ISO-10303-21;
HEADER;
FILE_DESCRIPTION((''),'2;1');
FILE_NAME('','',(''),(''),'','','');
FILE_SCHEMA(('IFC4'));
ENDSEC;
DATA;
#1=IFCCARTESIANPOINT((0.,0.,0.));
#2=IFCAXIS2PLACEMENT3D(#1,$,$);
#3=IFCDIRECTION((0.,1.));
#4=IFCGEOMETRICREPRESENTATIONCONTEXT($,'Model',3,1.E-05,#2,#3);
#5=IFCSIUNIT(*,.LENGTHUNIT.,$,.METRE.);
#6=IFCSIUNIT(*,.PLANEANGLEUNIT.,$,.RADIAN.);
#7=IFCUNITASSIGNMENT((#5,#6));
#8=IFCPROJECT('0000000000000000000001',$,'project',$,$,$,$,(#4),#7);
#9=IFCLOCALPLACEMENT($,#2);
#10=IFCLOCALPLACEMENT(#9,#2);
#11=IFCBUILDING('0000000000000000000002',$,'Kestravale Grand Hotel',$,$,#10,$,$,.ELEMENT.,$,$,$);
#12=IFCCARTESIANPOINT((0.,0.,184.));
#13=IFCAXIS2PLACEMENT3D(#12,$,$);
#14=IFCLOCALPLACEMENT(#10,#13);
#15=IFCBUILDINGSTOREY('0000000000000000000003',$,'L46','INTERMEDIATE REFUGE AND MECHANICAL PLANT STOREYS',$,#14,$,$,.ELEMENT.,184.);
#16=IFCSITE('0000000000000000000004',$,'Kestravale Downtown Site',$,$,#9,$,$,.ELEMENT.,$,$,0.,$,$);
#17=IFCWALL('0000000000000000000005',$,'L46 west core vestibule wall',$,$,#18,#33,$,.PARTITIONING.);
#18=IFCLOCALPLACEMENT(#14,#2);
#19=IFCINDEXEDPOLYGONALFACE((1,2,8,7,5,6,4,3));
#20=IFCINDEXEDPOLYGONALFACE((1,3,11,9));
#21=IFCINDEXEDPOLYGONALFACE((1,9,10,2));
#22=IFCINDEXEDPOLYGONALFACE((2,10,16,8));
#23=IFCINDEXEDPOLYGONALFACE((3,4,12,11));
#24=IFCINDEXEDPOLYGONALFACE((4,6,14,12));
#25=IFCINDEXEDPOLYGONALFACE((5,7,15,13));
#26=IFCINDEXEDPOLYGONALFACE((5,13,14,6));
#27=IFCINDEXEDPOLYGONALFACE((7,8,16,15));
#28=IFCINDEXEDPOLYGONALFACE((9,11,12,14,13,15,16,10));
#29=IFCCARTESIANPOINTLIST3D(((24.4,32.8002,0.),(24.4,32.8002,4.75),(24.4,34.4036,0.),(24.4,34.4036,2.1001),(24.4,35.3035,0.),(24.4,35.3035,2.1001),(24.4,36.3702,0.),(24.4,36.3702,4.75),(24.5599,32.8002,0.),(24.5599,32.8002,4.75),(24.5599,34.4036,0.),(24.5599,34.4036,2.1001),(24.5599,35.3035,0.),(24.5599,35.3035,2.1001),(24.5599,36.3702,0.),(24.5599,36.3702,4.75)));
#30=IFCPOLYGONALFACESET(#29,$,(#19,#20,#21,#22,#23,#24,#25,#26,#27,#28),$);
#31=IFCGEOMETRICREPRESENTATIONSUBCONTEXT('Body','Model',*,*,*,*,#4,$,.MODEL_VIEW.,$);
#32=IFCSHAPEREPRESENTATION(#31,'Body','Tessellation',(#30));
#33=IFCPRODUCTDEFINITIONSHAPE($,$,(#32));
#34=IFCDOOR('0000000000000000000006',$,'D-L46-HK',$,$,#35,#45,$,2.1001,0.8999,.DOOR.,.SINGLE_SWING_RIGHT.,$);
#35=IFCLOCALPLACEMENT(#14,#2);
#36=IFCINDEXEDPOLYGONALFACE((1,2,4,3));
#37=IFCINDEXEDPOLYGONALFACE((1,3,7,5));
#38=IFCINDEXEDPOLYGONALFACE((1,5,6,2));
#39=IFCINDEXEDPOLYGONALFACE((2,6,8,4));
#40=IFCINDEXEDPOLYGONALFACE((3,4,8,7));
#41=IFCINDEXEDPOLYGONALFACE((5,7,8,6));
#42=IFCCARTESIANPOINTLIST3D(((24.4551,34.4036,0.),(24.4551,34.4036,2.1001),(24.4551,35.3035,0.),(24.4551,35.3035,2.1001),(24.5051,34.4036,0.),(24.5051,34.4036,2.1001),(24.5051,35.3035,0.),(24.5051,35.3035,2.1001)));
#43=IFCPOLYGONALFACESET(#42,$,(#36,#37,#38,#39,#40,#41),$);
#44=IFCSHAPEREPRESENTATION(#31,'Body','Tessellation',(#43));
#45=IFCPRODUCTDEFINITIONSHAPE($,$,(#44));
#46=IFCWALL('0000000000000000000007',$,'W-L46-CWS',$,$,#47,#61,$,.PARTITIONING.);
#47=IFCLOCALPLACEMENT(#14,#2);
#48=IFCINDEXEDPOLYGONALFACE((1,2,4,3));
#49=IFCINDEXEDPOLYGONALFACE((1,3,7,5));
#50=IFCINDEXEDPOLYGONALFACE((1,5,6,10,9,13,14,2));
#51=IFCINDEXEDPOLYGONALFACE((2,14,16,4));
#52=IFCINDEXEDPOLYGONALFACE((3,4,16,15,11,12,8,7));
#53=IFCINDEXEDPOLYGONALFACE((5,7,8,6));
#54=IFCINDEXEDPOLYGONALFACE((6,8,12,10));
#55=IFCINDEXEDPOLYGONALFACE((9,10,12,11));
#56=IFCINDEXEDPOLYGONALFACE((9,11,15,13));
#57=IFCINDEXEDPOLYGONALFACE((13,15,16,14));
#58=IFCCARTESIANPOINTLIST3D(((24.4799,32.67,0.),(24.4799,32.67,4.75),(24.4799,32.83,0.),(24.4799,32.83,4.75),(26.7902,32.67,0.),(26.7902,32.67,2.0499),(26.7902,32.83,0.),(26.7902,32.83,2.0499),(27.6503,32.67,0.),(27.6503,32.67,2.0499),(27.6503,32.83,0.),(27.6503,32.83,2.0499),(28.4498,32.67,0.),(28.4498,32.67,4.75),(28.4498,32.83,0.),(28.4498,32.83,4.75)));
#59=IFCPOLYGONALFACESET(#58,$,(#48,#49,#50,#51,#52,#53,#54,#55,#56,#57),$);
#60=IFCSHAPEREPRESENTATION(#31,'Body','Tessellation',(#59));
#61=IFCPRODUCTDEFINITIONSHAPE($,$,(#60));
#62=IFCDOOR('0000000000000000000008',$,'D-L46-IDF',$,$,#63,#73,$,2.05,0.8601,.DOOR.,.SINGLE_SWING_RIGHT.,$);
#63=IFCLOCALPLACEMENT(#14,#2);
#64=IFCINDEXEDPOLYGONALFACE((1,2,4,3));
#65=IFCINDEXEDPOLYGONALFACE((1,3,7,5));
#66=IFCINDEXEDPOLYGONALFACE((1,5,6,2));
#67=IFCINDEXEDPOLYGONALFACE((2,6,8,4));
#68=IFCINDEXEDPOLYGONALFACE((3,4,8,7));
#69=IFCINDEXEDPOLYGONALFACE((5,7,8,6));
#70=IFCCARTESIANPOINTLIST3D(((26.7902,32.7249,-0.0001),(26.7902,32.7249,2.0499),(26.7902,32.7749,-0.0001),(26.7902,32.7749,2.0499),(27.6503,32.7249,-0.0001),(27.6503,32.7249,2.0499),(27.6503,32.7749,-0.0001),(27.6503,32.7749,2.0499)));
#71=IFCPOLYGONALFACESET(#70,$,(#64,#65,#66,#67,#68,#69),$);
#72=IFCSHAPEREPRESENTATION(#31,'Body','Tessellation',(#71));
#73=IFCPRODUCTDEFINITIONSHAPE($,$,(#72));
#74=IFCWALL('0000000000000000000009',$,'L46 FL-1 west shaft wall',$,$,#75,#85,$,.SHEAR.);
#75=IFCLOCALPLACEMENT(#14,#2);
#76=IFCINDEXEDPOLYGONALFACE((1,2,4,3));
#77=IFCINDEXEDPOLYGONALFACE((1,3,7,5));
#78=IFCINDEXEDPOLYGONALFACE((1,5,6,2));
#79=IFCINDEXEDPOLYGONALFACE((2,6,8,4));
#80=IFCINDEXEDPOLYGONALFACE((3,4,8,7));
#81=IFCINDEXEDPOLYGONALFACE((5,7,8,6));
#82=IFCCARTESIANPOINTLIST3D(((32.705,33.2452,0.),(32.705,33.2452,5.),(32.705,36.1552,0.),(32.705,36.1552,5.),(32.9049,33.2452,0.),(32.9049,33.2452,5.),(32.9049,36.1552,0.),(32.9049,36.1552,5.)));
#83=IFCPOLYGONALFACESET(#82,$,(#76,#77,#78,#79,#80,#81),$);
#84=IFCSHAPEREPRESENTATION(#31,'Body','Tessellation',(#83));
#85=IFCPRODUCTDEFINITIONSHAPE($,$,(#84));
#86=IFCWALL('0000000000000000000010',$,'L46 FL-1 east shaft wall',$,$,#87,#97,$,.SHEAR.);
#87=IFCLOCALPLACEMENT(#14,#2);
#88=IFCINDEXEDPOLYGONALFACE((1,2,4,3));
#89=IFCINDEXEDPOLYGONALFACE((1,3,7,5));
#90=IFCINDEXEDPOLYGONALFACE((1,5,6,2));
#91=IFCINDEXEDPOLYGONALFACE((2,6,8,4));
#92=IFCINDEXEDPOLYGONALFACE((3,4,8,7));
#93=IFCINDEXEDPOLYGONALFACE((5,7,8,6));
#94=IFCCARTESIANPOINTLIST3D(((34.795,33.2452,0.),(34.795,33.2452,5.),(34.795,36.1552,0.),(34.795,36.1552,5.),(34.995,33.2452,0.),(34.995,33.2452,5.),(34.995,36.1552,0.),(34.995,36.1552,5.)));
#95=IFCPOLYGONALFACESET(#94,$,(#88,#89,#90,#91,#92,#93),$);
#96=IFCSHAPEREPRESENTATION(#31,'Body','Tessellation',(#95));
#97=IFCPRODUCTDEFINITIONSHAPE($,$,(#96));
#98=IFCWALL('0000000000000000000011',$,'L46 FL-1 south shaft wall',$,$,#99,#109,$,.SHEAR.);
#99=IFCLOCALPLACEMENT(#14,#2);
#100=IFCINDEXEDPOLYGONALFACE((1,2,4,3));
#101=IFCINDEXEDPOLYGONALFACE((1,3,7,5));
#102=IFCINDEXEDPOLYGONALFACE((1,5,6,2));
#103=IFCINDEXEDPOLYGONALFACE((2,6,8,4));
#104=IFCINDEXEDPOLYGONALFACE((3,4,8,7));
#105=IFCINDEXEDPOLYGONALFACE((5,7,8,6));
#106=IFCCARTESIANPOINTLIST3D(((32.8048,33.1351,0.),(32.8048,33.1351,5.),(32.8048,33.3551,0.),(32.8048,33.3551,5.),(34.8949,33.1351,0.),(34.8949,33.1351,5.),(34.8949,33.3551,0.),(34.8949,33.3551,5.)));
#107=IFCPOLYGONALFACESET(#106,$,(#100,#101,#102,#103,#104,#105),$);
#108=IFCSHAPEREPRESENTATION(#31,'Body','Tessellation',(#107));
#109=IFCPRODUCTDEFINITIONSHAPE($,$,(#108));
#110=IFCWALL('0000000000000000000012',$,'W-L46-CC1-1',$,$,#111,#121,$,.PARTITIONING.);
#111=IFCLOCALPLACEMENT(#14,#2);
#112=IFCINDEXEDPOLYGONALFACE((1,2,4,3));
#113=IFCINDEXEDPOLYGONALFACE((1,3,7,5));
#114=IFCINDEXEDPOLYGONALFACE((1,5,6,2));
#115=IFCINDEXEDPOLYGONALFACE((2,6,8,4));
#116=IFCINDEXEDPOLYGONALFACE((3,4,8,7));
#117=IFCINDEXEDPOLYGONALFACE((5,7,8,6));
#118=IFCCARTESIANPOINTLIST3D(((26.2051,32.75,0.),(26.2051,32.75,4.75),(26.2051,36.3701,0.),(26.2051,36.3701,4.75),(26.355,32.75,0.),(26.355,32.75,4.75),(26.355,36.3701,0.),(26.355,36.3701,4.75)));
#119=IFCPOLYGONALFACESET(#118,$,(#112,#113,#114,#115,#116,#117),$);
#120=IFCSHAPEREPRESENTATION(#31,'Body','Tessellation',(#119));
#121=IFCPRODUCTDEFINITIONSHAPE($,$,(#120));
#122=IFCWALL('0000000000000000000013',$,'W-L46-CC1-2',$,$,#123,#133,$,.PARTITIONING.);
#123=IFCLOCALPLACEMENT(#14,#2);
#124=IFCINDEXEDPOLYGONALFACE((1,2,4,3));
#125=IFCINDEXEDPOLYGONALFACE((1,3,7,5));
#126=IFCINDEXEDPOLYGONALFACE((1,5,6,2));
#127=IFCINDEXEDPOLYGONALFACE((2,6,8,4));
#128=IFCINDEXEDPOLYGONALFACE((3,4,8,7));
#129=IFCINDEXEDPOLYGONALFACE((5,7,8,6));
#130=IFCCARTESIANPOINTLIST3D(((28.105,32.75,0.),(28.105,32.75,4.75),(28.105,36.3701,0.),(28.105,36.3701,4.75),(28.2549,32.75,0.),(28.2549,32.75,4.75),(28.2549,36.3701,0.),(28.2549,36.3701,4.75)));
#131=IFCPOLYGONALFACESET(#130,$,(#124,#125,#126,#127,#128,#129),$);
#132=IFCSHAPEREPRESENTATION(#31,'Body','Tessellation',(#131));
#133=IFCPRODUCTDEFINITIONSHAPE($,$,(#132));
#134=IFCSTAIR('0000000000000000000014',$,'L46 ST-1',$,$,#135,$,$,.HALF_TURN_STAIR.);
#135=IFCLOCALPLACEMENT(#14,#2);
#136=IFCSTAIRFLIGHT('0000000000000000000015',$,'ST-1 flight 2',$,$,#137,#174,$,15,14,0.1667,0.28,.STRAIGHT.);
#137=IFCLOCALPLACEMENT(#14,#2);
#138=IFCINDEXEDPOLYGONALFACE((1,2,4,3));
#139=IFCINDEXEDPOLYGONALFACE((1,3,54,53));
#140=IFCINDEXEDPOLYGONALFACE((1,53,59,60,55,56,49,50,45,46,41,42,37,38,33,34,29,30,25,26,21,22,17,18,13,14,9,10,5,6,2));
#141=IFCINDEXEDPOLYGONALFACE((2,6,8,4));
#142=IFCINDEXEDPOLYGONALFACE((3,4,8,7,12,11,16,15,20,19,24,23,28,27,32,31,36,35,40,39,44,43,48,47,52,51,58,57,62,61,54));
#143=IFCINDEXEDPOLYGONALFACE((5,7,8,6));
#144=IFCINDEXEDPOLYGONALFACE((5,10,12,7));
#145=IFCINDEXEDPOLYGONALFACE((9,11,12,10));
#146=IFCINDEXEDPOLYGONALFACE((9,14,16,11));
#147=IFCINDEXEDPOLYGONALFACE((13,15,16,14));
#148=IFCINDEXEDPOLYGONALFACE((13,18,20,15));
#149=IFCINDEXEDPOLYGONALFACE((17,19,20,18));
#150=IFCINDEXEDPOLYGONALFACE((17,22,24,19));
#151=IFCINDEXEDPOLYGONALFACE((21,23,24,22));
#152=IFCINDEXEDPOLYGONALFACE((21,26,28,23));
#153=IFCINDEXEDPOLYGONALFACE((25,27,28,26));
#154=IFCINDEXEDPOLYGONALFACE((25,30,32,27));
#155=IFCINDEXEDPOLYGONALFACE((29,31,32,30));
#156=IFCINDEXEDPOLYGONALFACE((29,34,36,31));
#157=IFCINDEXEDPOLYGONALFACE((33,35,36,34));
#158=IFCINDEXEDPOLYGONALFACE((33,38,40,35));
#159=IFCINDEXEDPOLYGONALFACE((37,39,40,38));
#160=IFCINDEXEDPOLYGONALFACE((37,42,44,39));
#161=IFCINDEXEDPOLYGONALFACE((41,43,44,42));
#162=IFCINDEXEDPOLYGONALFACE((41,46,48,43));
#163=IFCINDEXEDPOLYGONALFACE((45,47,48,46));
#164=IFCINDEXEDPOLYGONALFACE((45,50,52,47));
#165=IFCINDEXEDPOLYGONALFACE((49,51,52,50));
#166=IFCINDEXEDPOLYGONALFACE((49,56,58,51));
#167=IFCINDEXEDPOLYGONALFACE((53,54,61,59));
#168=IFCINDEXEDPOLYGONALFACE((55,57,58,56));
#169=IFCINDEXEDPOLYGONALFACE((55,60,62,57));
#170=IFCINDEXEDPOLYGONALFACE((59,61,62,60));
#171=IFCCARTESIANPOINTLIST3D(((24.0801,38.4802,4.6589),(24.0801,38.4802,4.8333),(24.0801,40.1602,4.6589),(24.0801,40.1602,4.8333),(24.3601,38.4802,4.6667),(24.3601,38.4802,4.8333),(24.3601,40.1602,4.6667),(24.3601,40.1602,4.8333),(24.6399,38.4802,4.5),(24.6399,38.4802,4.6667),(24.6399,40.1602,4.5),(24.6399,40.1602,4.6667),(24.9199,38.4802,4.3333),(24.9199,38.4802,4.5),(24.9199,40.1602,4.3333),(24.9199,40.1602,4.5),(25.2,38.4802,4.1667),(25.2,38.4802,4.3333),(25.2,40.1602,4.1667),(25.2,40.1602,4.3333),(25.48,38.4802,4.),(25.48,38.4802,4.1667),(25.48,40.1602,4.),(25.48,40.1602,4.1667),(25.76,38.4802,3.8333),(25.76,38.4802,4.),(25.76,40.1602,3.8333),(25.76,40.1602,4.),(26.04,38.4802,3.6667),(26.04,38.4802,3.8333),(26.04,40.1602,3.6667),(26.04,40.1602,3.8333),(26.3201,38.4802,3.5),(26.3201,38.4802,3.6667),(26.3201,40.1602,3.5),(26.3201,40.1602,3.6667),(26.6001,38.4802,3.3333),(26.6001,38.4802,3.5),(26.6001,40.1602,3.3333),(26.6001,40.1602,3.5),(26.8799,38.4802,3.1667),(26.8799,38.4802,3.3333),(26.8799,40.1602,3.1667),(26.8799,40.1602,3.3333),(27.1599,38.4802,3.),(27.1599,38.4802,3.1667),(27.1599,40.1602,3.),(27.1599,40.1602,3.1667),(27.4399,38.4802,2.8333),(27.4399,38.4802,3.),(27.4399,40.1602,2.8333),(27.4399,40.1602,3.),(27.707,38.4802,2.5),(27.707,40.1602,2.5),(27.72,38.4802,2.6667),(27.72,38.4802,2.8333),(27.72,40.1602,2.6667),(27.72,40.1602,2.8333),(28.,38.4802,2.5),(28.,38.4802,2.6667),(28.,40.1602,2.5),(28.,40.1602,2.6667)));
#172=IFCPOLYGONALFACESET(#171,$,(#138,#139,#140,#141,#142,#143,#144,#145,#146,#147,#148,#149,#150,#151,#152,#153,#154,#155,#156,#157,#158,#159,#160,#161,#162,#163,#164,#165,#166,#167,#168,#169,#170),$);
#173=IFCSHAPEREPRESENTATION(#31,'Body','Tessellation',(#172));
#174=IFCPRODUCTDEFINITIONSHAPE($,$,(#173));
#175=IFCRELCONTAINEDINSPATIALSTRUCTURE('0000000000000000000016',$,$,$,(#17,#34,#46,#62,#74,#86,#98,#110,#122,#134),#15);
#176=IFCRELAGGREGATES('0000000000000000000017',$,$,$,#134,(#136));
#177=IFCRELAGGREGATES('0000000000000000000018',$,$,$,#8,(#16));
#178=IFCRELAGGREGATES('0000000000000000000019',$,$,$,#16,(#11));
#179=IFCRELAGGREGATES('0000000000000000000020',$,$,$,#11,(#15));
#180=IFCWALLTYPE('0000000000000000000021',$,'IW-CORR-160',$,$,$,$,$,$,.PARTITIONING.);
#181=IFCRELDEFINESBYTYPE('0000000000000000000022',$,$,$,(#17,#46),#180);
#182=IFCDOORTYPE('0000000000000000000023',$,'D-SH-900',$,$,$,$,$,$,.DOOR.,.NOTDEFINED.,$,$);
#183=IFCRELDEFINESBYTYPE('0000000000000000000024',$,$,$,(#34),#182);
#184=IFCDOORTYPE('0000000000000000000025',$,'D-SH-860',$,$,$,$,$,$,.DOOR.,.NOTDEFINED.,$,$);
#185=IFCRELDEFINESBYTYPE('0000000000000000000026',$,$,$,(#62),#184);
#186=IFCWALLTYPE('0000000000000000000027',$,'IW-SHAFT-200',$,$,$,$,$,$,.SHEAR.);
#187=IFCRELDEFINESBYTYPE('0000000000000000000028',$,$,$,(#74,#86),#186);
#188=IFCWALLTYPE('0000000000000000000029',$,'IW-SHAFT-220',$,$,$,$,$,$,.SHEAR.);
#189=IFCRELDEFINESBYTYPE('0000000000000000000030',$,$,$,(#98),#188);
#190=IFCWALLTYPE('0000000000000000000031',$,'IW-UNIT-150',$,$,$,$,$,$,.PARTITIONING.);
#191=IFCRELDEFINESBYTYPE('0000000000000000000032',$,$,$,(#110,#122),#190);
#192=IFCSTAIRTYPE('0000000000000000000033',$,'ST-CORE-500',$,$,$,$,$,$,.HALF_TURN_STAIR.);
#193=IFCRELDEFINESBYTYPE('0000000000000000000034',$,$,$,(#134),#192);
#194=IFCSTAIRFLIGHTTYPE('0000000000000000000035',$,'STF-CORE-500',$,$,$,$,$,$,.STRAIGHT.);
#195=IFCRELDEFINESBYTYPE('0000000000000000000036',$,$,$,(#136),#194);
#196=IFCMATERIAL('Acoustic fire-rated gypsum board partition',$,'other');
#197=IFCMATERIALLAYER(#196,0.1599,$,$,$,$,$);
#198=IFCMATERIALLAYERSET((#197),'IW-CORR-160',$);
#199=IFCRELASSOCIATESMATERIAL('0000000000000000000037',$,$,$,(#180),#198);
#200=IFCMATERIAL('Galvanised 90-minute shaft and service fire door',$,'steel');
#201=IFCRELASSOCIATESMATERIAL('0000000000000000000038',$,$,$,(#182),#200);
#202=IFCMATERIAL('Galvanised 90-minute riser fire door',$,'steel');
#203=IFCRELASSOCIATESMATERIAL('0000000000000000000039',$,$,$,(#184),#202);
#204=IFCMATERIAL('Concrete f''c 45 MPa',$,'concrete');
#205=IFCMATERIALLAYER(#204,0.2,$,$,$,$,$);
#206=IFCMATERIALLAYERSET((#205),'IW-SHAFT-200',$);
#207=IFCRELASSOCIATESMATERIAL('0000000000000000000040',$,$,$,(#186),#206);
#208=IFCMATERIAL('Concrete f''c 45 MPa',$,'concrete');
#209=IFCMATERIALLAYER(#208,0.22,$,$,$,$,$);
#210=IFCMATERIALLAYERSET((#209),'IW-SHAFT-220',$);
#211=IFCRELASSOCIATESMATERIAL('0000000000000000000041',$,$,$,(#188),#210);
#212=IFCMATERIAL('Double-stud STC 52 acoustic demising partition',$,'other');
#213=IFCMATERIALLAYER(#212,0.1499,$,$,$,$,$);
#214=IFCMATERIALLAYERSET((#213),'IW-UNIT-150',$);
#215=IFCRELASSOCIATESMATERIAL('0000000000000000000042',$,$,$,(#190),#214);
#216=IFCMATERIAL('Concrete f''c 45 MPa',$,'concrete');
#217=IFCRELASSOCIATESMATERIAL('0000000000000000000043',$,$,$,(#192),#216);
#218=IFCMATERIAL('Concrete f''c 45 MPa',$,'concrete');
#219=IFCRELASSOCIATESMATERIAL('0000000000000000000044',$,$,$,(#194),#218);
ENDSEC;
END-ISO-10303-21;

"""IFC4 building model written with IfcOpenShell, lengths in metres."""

from ifc_helpers import new_model, si_unit, direction, frame, frame_2d, origin, place, context, subcontext, project, spatial, polyline, rectangle, outline, extrude, material, layer, layer_set, type_object, element, fill, aggregate, save


model = new_model("IFC4")

# Units and contexts
model_context = context("Model", 3, precision=1e-05, world=origin(), true_north=direction((0.0, 1.0)))
body_context = subcontext(model_context, "Body", "Model", "MODEL_VIEW")
ifc_project = project(units=[si_unit("LENGTHUNIT", "METRE"), si_unit("PLANEANGLEUNIT", "RADIAN")], contexts=[model_context])

# Site, building, storey
site_placement = place(None, origin())
site = spatial("IfcSite", under=ifc_project, at=site_placement, Name="Kestravale Downtown Site", CompositionType="ELEMENT", RefElevation=0.0)
building_placement = place(site_placement, origin())
building = spatial("IfcBuilding", under=site, at=building_placement, Name="Kestravale Grand Hotel", CompositionType="ELEMENT")
storey_placement = place(building_placement, frame((0.0, 0.0, 184.0)))
storey = spatial("IfcBuildingStorey", under=building, at=storey_placement, Name="L46", Description="INTERMEDIATE REFUGE AND MECHANICAL PLANT STOREYS", CompositionType="ELEMENT", Elevation=184.0)

# Walls, openings, doors
ifc_material_1 = material(Name="Acoustic fire-rated gypsum board partition", Category="other")
ifc_layer_1 = layer(ifc_material_1, 0.1599)
ifc_layer_set_1 = layer_set([ifc_layer_1], Name="IW-CORR-160")
wall_type_1 = type_object("IfcWallType", Name="IW-CORR-160", PredefinedType="PARTITIONING", material=ifc_layer_set_1)
wall_1_placement = place(storey_placement, frame((24.48, 32.8, 0.0), z_axis=(0.0, 0.0, 1.0), x_axis=(0.0, 1.0, 0.0)))
wall_1 = element("IfcWall", 1, at=wall_1_placement, inside=storey, type_object=wall_type_1, Name="L46 west core vestibule wall", PredefinedType="PARTITIONING", context=body_context, shape_type="SweptSolid", body=[
    extrude(rectangle(XDim=3.5701, YDim=0.1599, at=frame_2d((1.7852, 0.0))), origin(), (0.0, 0.0, 1.0), 4.75),
])
opening_1_placement = place(wall_1_placement, frame((1.6035, 0.0, 0.0)))
opening_1 = element("IfcOpeningElement", 2, at=opening_1_placement, cuts=wall_1, PredefinedType="OPENING", context=body_context, shape_type="SweptSolid", body=[
    extrude(rectangle(XDim=0.8999, YDim=2.1001, at=frame_2d((0.45, 1.05))), frame((0.0, 0.0898, 0.0), z_axis=(0.0, -1.0, 0.0), x_axis=(1.0, 0.0, 0.0)), (0.0, 0.0, 1.0), 0.1799),
])
ifc_material_2 = material(Name="Galvanised 90-minute shaft and service fire door", Category="steel")
door_type_1 = type_object("IfcDoorType", Name="D-SH-900", OperationType="NOTDEFINED", PredefinedType="DOOR", material=ifc_material_2)
door_1_placement = place(opening_1_placement, origin())
door_1 = element("IfcDoor", 3, at=door_1_placement, inside=storey, type_object=door_type_1, Name="D-L46-HK", OperationType="SINGLE_SWING_RIGHT", OverallHeight=2.1001, OverallWidth=0.8999, PredefinedType="DOOR", context=body_context, shape_type="SweptSolid", body=[
    extrude(rectangle(XDim=0.8999, YDim=2.1001, at=frame_2d((0.45, 1.05))), frame((0.0, 0.0249, 0.0), z_axis=(0.0, -1.0, 0.0), x_axis=(1.0, 0.0, 0.0)), (0.0, 0.0, 1.0), 0.05),
])
fill(opening_1, door_1)
wall_2_placement = place(storey_placement, frame((24.48, 32.75, 0.0), z_axis=(0.0, 0.0, 1.0), x_axis=(1.0, 0.0, 0.0)))
wall_2 = element("IfcWall", 4, at=wall_2_placement, inside=storey, type_object=wall_type_1, Name="W-L46-CWS", PredefinedType="PARTITIONING", context=body_context, shape_type="SweptSolid", body=[
    extrude(rectangle(XDim=3.97, YDim=0.1599, at=frame_2d((1.9849, 0.0))), origin(), (0.0, 0.0, 1.0), 4.75),
])
opening_2_placement = place(wall_2_placement, frame((2.3101, 0.0, 0.0)))
opening_2 = element("IfcOpeningElement", 5, at=opening_2_placement, cuts=wall_2, PredefinedType="OPENING", context=body_context, shape_type="SweptSolid", body=[
    extrude(rectangle(XDim=0.8601, YDim=2.05, at=frame_2d((0.4302, 1.0249))), frame((0.0, 0.0898, 0.0), z_axis=(0.0, -1.0, 0.0), x_axis=(1.0, 0.0, 0.0)), (0.0, 0.0, 1.0), 0.1799),
])
ifc_material_3 = material(Name="Galvanised 90-minute riser fire door", Category="steel")
door_type_2 = type_object("IfcDoorType", Name="D-SH-860", OperationType="NOTDEFINED", PredefinedType="DOOR", material=ifc_material_3)
door_2_placement = place(opening_2_placement, origin())
door_2 = element("IfcDoor", 6, at=door_2_placement, inside=storey, type_object=door_type_2, Name="D-L46-IDF", OperationType="SINGLE_SWING_RIGHT", OverallHeight=2.05, OverallWidth=0.8601, PredefinedType="DOOR", context=body_context, shape_type="SweptSolid", body=[
    extrude(rectangle(XDim=0.8601, YDim=2.05, at=frame_2d((0.4302, 1.0249))), frame((0.0, 0.0249, 0.0), z_axis=(0.0, -1.0, 0.0), x_axis=(1.0, 0.0, 0.0)), (0.0, 0.0, 1.0), 0.05),
])
fill(opening_2, door_2)

# Walls
ifc_material_4 = material(Name="Concrete f'c 45 MPa", Category="concrete")
ifc_layer_2 = layer(ifc_material_4, 0.2)
ifc_layer_set_2 = layer_set([ifc_layer_2], Name="IW-SHAFT-200")
wall_type_2 = type_object("IfcWallType", Name="IW-SHAFT-200", PredefinedType="SHEAR", material=ifc_layer_set_2)
for number, where, z_axis, x_axis, name in (
    (7, (32.8049, 33.2451, 0.0), (0.0, 0.0, 1.0), (0.0, 1.0, 0.0), "L46 FL-1 west shaft wall"),
    (8, (34.895, 33.2451, 0.0), (0.0, 0.0, 1.0), (0.0, 1.0, 0.0), "L46 FL-1 east shaft wall"),
):
    element("IfcWall", number, at=place(storey_placement, frame(where, z_axis=z_axis, x_axis=x_axis)), inside=storey, type_object=wall_type_2, Name=name, PredefinedType="SHEAR", context=body_context, shape_type="SweptSolid", body=[
        extrude(rectangle(XDim=2.9099, YDim=0.2, at=frame_2d((1.4551, 0.0))), origin(), (0.0, 0.0, 1.0), 5.0),
    ])

# Shared definitions
ifc_material_5 = material(Name="Concrete f'c 45 MPa", Category="concrete")
ifc_layer_3 = layer(ifc_material_5, 0.22)
ifc_layer_set_3 = layer_set([ifc_layer_3], Name="IW-SHAFT-220")
wall_type_3 = type_object("IfcWallType", Name="IW-SHAFT-220", PredefinedType="SHEAR", material=ifc_layer_set_3)

# Walls
wall_3_placement = place(storey_placement, frame((32.8049, 33.2451, 0.0), z_axis=(0.0, 0.0, 1.0), x_axis=(1.0, 0.0, 0.0)))
element("IfcWall", 9, at=wall_3_placement, inside=storey, type_object=wall_type_3, Name="L46 FL-1 south shaft wall", PredefinedType="SHEAR", context=body_context, shape_type="SweptSolid", body=[
    extrude(rectangle(XDim=2.0901, YDim=0.22, at=frame_2d((1.0449, 0.0))), origin(), (0.0, 0.0, 1.0), 5.0),
])
ifc_material_6 = material(Name="Double-stud STC 52 acoustic demising partition", Category="other")
ifc_layer_4 = layer(ifc_material_6, 0.1499)
ifc_layer_set_4 = layer_set([ifc_layer_4], Name="IW-UNIT-150")
wall_type_4 = type_object("IfcWallType", Name="IW-UNIT-150", PredefinedType="PARTITIONING", material=ifc_layer_set_4)
for number, where, z_axis, x_axis, name in (
    (10, (26.28, 32.75, 0.0), (0.0, 0.0, 1.0), (0.0, 1.0, 0.0), "W-L46-CC1-1"),
    (11, (28.1799, 32.75, 0.0), (0.0, 0.0, 1.0), (0.0, 1.0, 0.0), "W-L46-CC1-2"),
):
    element("IfcWall", number, at=place(storey_placement, frame(where, z_axis=z_axis, x_axis=x_axis)), inside=storey, type_object=wall_type_4, Name=name, PredefinedType="PARTITIONING", context=body_context, shape_type="SweptSolid", body=[
        extrude(rectangle(XDim=3.6201, YDim=0.1499, at=frame_2d((1.8101, 0.0))), origin(), (0.0, 0.0, 1.0), 4.75),
    ])

# Stair, stair flight
ifc_material_7 = material(Name="Concrete f'c 45 MPa", Category="concrete")
stair_type = type_object("IfcStairType", Name="ST-CORE-500", PredefinedType="HALF_TURN_STAIR", material=ifc_material_7)
stair_placement = place(storey_placement, origin())
stair = element("IfcStair", 12, at=stair_placement, inside=storey, type_object=stair_type, Name="L46 ST-1", PredefinedType="HALF_TURN_STAIR")
ifc_material_8 = material(Name="Concrete f'c 45 MPa", Category="concrete")
stair_flight_type = type_object("IfcStairFlightType", Name="STF-CORE-500", PredefinedType="STRAIGHT", material=ifc_material_8)
stair_flight_placement = place(storey_placement, frame((28.0, 39.3201, 2.5), z_axis=(0.0, 0.0, 1.0), x_axis=(-1.0, 0.0, 0.0)))
stair_flight = element("IfcStairFlight", 13, at=stair_flight_placement, type_object=stair_flight_type, Name="ST-1 flight 2", NumberOfRisers=15, NumberOfTreads=14, PredefinedType="STRAIGHT", RiserHeight=0.1667, TreadLength=0.28, context=body_context, shape_type="SweptSolid", body=[
    extrude(outline(polyline([(0.0, 0.0), (0.0, 0.1667), (0.28, 0.1667), (0.28, 0.3333), (0.5601, 0.3333), (0.5601, 0.5), (0.8401, 0.5), (0.8401, 0.6667), (1.1201, 0.6667), (1.1201, 0.8333), (1.3999, 0.8333), (1.3999, 1.0), (1.6799, 1.0), (1.6799, 1.1667), (1.96, 1.1667), (1.96, 1.3333), (2.24, 1.3333), (2.24, 1.5), (2.52, 1.5), (2.52, 1.6667), (2.8, 1.6667), (2.8, 1.8333), (3.0801, 1.8333), (3.0801, 2.0), (3.3601, 2.0), (3.3601, 2.1667), (3.6399, 2.1667), (3.6399, 2.3333), (3.9199, 2.3333), (3.9199, 2.5), (3.9199, 2.1589), (0.293, 0.0), (0.0, 0.0)])), frame((0.0, 0.8398, 0.0), z_axis=(0.0, -1.0, 0.0), x_axis=(1.0, 0.0, 0.0)), (0.0, 0.0, 1.0), 1.6799),
])
aggregate(stair, [stair_flight])

save(model, "model.ifc")
